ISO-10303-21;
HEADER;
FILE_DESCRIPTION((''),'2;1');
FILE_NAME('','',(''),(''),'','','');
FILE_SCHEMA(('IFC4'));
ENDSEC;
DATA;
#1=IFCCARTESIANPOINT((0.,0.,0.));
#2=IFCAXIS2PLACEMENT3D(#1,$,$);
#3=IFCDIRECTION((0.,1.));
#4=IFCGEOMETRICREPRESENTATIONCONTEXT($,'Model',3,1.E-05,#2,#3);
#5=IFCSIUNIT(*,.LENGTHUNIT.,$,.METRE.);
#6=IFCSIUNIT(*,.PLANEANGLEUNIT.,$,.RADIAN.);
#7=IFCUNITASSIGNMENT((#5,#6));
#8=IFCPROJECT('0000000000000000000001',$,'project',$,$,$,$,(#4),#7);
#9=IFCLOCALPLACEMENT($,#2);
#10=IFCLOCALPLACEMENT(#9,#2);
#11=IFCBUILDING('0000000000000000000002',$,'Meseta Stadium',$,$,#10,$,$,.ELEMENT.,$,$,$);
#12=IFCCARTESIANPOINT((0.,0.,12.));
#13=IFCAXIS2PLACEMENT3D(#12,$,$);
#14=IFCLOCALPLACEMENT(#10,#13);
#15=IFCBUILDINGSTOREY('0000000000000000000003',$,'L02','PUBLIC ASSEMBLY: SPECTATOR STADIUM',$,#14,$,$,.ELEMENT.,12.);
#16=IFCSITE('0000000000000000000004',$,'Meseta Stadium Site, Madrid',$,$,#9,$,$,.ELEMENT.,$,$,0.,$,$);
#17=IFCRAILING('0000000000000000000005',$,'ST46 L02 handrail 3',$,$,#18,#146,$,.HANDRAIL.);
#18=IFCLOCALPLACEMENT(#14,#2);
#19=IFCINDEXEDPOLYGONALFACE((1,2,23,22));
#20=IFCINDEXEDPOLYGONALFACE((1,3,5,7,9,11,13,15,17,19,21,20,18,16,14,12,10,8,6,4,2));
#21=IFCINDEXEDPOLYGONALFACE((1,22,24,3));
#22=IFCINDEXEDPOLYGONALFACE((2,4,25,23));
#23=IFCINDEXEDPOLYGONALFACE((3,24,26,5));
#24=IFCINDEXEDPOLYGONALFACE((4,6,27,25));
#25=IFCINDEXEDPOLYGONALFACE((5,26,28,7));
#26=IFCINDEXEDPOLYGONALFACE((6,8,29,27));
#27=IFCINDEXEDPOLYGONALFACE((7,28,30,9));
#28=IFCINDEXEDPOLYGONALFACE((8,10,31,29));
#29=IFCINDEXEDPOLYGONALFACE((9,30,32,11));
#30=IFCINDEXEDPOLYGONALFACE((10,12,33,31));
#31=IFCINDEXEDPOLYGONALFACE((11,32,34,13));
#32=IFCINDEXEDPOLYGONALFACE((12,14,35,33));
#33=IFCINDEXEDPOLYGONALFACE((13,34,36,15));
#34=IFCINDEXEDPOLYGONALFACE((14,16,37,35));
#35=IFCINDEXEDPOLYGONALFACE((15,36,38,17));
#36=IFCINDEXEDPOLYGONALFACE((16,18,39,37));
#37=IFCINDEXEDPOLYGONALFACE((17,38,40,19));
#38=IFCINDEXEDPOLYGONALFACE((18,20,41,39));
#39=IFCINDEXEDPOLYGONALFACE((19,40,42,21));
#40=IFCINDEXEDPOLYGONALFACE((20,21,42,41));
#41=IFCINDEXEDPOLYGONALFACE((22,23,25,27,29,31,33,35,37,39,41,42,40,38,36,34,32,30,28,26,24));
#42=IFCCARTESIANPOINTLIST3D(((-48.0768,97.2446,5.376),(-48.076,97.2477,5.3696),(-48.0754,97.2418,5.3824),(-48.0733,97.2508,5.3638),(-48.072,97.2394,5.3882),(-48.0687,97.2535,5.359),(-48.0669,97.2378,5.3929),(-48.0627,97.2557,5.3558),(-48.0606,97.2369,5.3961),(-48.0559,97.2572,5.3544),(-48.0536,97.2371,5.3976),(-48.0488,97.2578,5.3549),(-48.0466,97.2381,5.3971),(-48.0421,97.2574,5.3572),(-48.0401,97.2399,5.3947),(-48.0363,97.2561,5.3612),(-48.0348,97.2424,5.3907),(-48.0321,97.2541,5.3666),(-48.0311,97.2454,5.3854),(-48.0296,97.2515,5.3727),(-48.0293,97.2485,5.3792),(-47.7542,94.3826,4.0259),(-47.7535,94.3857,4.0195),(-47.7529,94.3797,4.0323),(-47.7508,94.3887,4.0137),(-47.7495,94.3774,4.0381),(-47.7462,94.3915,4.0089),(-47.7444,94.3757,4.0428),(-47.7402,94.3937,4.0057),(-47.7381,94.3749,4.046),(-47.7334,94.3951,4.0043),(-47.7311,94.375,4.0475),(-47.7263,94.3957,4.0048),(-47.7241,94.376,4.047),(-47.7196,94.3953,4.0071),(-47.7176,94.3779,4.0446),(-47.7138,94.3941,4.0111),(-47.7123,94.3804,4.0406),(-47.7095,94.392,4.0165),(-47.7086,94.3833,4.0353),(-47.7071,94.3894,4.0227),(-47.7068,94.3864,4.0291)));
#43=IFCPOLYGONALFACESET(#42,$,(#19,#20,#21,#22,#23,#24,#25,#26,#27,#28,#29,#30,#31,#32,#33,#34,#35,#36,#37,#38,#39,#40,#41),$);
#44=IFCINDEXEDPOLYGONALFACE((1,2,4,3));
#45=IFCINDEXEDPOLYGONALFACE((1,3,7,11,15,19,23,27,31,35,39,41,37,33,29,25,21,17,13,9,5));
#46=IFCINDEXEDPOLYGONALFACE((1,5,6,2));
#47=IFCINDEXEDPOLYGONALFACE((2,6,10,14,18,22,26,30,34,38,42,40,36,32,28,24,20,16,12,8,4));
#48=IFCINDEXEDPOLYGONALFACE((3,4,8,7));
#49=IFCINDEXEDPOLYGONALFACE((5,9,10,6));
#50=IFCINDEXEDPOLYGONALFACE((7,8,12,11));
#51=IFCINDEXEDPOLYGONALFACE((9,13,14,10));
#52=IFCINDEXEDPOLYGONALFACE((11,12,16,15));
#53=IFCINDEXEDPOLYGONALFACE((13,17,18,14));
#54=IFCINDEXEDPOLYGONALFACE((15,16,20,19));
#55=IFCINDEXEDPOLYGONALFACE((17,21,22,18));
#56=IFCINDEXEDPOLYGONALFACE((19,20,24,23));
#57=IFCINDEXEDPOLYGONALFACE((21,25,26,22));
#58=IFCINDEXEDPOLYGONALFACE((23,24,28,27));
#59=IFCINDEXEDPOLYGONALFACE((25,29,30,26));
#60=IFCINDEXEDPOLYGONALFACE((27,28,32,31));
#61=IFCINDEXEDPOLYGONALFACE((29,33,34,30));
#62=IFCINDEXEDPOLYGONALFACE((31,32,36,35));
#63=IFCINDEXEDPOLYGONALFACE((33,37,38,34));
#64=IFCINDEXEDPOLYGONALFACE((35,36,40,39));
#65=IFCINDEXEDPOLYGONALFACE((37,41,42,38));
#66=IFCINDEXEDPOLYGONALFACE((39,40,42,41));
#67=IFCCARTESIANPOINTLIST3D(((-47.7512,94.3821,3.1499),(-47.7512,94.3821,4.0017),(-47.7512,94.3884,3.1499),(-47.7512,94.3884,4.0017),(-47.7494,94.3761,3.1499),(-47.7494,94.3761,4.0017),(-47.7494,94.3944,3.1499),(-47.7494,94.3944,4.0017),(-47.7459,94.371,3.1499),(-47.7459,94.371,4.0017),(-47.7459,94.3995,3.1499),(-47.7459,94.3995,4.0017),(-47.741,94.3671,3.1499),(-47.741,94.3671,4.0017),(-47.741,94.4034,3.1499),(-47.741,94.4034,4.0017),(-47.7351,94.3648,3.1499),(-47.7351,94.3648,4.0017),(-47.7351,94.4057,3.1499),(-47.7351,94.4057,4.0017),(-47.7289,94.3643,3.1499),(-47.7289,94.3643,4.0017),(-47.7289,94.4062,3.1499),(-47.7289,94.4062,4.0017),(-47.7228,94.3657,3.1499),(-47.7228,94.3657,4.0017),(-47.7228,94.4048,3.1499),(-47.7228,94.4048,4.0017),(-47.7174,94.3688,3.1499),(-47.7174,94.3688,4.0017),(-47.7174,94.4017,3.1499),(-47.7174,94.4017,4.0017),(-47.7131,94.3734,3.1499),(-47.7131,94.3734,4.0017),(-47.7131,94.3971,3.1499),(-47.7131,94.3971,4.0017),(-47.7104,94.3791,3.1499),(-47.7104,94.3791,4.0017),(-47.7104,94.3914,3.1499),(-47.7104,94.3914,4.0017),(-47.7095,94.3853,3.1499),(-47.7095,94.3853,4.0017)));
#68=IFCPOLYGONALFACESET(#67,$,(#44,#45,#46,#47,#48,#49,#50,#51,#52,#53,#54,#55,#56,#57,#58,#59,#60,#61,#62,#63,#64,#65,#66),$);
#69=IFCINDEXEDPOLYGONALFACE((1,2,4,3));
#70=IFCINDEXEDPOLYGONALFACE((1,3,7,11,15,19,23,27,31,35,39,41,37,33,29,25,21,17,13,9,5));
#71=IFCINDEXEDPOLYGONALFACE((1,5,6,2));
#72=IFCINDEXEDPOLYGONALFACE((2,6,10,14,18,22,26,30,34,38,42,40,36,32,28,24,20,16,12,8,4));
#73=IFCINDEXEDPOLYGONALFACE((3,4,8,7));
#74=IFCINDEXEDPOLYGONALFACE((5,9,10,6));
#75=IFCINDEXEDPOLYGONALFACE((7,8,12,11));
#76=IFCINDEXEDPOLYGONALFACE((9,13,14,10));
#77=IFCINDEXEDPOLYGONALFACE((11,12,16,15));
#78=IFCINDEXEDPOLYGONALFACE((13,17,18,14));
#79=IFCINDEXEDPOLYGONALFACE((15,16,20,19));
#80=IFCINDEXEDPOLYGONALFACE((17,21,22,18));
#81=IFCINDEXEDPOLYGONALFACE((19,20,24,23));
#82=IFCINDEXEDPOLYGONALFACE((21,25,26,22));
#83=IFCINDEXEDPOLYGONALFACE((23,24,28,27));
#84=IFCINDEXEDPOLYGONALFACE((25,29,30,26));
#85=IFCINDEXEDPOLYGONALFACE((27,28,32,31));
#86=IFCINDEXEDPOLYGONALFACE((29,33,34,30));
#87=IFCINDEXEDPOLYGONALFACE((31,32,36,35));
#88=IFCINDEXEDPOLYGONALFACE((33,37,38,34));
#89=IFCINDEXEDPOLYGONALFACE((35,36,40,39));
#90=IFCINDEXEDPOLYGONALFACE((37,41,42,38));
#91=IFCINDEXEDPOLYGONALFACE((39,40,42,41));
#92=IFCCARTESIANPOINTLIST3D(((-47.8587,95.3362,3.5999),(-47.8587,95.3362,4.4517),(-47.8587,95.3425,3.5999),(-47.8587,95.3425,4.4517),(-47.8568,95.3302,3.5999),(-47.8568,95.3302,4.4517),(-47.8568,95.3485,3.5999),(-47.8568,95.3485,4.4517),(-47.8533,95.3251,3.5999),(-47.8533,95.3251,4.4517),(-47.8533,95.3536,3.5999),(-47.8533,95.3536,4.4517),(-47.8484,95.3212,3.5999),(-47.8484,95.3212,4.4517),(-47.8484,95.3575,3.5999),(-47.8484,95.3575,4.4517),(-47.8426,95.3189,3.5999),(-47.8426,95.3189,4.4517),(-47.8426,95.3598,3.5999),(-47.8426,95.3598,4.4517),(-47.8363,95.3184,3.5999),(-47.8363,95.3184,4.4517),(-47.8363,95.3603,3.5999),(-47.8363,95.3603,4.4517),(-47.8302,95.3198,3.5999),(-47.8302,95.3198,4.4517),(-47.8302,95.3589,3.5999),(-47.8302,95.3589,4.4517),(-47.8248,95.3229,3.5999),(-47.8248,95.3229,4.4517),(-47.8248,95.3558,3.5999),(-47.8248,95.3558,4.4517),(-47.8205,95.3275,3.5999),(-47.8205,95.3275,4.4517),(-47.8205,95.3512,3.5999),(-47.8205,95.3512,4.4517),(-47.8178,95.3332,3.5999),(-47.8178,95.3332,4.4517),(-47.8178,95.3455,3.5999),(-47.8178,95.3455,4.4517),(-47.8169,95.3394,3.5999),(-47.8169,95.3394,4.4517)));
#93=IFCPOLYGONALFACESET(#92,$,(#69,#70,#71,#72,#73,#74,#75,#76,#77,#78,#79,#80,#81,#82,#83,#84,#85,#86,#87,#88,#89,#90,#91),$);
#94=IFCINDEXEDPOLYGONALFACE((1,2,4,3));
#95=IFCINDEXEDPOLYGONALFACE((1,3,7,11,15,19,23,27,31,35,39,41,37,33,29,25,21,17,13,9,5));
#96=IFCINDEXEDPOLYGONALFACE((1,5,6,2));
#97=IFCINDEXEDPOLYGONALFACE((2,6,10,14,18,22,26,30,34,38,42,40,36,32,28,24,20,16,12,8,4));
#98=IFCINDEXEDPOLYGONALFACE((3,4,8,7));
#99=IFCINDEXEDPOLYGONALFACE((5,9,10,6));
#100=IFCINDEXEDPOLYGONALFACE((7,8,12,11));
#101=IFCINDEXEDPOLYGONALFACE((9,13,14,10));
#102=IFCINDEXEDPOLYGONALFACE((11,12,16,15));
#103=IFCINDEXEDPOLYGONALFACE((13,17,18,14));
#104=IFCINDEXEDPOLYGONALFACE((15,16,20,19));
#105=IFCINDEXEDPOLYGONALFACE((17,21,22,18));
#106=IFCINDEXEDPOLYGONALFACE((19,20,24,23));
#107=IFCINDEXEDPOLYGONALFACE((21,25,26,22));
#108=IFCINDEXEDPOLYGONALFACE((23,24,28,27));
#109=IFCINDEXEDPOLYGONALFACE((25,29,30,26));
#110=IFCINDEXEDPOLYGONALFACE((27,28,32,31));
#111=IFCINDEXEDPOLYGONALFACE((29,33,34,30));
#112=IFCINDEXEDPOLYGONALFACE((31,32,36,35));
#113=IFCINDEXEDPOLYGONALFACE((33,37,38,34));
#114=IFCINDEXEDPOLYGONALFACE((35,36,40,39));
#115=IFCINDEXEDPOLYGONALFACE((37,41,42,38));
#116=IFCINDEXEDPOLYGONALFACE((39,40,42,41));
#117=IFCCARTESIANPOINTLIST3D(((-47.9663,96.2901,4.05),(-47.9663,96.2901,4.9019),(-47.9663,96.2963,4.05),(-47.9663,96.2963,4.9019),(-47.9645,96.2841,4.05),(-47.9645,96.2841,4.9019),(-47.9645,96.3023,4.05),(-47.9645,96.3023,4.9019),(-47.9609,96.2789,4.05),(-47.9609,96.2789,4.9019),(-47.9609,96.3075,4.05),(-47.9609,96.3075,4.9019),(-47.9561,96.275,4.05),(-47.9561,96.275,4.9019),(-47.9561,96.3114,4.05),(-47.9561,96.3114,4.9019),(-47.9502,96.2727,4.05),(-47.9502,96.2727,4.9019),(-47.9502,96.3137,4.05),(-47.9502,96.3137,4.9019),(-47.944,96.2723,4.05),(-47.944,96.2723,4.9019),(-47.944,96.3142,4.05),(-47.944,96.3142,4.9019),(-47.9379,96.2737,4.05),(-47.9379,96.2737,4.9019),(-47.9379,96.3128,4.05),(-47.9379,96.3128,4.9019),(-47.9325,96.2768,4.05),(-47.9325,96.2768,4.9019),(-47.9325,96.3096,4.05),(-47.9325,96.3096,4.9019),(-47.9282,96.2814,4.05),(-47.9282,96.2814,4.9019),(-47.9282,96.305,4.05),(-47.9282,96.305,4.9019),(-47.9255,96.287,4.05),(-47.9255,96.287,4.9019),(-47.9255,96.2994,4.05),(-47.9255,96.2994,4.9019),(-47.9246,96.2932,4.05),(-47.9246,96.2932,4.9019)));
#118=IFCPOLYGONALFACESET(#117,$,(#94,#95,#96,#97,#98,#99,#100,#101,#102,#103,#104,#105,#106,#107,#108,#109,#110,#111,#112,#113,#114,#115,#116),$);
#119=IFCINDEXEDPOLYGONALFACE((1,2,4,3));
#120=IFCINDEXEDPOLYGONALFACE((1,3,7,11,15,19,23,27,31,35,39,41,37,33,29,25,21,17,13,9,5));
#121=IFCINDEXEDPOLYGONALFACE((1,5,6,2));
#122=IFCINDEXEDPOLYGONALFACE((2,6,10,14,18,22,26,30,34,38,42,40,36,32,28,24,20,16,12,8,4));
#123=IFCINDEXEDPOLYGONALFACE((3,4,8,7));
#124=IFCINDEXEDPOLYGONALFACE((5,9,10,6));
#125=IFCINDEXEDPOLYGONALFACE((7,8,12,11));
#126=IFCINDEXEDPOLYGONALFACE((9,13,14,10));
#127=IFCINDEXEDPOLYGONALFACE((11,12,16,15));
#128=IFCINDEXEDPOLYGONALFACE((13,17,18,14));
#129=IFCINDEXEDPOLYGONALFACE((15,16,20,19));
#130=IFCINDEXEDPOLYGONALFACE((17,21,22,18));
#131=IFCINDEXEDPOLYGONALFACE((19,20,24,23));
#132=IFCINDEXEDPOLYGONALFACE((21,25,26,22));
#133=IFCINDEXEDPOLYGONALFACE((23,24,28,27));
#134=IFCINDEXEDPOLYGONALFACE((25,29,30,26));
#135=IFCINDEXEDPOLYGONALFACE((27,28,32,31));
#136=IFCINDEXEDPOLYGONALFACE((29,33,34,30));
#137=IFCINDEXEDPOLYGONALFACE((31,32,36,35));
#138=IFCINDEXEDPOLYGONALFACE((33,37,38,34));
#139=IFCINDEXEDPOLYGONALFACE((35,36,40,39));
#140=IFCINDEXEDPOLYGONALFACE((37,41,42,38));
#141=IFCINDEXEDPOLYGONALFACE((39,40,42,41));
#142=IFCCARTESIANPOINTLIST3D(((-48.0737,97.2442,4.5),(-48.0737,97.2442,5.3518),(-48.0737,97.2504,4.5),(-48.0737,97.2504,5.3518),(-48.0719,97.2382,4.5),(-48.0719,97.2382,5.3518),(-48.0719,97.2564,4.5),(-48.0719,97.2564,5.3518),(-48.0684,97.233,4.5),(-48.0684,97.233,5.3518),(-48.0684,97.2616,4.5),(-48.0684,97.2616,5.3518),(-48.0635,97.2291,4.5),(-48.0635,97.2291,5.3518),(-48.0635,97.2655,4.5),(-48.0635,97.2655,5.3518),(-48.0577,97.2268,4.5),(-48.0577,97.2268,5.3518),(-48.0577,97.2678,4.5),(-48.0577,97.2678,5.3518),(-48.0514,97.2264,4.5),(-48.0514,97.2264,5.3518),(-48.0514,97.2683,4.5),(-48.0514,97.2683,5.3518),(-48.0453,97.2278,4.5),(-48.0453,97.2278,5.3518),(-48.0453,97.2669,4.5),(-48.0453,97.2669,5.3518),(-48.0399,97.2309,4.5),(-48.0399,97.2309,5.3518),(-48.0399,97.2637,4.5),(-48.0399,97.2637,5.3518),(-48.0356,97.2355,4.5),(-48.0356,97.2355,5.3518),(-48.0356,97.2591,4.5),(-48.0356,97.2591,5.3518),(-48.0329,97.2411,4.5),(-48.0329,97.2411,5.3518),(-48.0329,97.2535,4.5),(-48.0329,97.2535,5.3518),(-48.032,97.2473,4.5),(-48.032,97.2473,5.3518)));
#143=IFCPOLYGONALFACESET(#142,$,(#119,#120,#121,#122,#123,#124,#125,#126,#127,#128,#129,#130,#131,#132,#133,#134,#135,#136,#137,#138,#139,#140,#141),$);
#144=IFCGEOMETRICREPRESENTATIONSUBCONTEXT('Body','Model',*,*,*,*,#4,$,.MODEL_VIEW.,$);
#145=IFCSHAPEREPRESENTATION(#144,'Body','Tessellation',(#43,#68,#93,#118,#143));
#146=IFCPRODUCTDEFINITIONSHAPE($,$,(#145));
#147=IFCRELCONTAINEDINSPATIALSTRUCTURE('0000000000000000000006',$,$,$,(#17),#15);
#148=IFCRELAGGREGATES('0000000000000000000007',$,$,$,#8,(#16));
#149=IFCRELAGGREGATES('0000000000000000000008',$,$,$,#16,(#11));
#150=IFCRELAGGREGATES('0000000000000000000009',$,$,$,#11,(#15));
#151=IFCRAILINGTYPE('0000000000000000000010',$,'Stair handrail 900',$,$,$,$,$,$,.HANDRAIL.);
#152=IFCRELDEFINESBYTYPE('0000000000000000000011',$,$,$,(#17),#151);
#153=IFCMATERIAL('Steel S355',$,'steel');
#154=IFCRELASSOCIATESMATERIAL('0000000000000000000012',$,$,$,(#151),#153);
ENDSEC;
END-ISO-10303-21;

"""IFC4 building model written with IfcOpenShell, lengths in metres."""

from ifc_helpers import new_model, si_unit, direction, frame, origin, origin_2d, place, context, subcontext, project, spatial, circle, extrude, material, type_object, element, save


model = new_model("IFC4")

# Units and contexts
model_context = context("Model", 3, precision=1e-05, world=origin(), true_north=direction((0.0, 1.0)))
body_context = subcontext(model_context, "Body", "Model", "MODEL_VIEW")
ifc_project = project(units=[si_unit("LENGTHUNIT", "METRE"), si_unit("PLANEANGLEUNIT", "RADIAN")], contexts=[model_context])

# Site, building, storey
site_placement = place(None, origin())
site = spatial("IfcSite", under=ifc_project, at=site_placement, Name="Meseta Stadium Site, Madrid", CompositionType="ELEMENT", RefElevation=0.0)
building_placement = place(site_placement, origin())
building = spatial("IfcBuilding", under=site, at=building_placement, Name="Meseta Stadium", CompositionType="ELEMENT")
storey_placement = place(building_placement, frame((0.0, 0.0, 12.0)))
storey = spatial("IfcBuildingStorey", under=building, at=storey_placement, Name="L02", Description="PUBLIC ASSEMBLY: SPECTATOR STADIUM", CompositionType="ELEMENT", Elevation=12.0)

# Railing
ifc_material_1 = material(Name="Steel S355", Category="steel")
railing_type_1 = type_object("IfcRailingType", Name="Stair handrail 900", PredefinedType="HANDRAIL", material=ifc_material_1)
railing_1_placement = place(storey_placement, frame((-47.7305, 94.3853, 3.1499)))
element("IfcRailing", 1, at=railing_1_placement, inside=storey, type_object=railing_type_1, Name="ST46 L02 handrail 3", PredefinedType="HANDRAIL", context=body_context, shape_type="SweptSolid", body=[
    extrude(circle(Radius=0.0239, at=origin_2d()), frame((0.0, 0.0, 0.876), z_axis=(-0.101389, 0.899763, 0.424438), x_axis=(-0.993711, -0.111976, 0.0)), (0.0, 0.0, 1.0), 3.1809),
    extrude(circle(Radius=0.021, at=origin_2d()), origin(), (0.0, 0.0, 1.0), 0.8518),
    extrude(circle(Radius=0.021, at=origin_2d()), frame((-0.1074, 0.9541, 0.45)), (0.0, 0.0, 1.0), 0.8518),
    extrude(circle(Radius=0.021, at=origin_2d()), frame((-0.2151, 1.908, 0.9001)), (0.0, 0.0, 1.0), 0.8518),
    extrude(circle(Radius=0.021, at=origin_2d()), frame((-0.3225, 2.8621, 1.3501)), (0.0, 0.0, 1.0), 0.8518),
])

save(model, "model.ifc")
